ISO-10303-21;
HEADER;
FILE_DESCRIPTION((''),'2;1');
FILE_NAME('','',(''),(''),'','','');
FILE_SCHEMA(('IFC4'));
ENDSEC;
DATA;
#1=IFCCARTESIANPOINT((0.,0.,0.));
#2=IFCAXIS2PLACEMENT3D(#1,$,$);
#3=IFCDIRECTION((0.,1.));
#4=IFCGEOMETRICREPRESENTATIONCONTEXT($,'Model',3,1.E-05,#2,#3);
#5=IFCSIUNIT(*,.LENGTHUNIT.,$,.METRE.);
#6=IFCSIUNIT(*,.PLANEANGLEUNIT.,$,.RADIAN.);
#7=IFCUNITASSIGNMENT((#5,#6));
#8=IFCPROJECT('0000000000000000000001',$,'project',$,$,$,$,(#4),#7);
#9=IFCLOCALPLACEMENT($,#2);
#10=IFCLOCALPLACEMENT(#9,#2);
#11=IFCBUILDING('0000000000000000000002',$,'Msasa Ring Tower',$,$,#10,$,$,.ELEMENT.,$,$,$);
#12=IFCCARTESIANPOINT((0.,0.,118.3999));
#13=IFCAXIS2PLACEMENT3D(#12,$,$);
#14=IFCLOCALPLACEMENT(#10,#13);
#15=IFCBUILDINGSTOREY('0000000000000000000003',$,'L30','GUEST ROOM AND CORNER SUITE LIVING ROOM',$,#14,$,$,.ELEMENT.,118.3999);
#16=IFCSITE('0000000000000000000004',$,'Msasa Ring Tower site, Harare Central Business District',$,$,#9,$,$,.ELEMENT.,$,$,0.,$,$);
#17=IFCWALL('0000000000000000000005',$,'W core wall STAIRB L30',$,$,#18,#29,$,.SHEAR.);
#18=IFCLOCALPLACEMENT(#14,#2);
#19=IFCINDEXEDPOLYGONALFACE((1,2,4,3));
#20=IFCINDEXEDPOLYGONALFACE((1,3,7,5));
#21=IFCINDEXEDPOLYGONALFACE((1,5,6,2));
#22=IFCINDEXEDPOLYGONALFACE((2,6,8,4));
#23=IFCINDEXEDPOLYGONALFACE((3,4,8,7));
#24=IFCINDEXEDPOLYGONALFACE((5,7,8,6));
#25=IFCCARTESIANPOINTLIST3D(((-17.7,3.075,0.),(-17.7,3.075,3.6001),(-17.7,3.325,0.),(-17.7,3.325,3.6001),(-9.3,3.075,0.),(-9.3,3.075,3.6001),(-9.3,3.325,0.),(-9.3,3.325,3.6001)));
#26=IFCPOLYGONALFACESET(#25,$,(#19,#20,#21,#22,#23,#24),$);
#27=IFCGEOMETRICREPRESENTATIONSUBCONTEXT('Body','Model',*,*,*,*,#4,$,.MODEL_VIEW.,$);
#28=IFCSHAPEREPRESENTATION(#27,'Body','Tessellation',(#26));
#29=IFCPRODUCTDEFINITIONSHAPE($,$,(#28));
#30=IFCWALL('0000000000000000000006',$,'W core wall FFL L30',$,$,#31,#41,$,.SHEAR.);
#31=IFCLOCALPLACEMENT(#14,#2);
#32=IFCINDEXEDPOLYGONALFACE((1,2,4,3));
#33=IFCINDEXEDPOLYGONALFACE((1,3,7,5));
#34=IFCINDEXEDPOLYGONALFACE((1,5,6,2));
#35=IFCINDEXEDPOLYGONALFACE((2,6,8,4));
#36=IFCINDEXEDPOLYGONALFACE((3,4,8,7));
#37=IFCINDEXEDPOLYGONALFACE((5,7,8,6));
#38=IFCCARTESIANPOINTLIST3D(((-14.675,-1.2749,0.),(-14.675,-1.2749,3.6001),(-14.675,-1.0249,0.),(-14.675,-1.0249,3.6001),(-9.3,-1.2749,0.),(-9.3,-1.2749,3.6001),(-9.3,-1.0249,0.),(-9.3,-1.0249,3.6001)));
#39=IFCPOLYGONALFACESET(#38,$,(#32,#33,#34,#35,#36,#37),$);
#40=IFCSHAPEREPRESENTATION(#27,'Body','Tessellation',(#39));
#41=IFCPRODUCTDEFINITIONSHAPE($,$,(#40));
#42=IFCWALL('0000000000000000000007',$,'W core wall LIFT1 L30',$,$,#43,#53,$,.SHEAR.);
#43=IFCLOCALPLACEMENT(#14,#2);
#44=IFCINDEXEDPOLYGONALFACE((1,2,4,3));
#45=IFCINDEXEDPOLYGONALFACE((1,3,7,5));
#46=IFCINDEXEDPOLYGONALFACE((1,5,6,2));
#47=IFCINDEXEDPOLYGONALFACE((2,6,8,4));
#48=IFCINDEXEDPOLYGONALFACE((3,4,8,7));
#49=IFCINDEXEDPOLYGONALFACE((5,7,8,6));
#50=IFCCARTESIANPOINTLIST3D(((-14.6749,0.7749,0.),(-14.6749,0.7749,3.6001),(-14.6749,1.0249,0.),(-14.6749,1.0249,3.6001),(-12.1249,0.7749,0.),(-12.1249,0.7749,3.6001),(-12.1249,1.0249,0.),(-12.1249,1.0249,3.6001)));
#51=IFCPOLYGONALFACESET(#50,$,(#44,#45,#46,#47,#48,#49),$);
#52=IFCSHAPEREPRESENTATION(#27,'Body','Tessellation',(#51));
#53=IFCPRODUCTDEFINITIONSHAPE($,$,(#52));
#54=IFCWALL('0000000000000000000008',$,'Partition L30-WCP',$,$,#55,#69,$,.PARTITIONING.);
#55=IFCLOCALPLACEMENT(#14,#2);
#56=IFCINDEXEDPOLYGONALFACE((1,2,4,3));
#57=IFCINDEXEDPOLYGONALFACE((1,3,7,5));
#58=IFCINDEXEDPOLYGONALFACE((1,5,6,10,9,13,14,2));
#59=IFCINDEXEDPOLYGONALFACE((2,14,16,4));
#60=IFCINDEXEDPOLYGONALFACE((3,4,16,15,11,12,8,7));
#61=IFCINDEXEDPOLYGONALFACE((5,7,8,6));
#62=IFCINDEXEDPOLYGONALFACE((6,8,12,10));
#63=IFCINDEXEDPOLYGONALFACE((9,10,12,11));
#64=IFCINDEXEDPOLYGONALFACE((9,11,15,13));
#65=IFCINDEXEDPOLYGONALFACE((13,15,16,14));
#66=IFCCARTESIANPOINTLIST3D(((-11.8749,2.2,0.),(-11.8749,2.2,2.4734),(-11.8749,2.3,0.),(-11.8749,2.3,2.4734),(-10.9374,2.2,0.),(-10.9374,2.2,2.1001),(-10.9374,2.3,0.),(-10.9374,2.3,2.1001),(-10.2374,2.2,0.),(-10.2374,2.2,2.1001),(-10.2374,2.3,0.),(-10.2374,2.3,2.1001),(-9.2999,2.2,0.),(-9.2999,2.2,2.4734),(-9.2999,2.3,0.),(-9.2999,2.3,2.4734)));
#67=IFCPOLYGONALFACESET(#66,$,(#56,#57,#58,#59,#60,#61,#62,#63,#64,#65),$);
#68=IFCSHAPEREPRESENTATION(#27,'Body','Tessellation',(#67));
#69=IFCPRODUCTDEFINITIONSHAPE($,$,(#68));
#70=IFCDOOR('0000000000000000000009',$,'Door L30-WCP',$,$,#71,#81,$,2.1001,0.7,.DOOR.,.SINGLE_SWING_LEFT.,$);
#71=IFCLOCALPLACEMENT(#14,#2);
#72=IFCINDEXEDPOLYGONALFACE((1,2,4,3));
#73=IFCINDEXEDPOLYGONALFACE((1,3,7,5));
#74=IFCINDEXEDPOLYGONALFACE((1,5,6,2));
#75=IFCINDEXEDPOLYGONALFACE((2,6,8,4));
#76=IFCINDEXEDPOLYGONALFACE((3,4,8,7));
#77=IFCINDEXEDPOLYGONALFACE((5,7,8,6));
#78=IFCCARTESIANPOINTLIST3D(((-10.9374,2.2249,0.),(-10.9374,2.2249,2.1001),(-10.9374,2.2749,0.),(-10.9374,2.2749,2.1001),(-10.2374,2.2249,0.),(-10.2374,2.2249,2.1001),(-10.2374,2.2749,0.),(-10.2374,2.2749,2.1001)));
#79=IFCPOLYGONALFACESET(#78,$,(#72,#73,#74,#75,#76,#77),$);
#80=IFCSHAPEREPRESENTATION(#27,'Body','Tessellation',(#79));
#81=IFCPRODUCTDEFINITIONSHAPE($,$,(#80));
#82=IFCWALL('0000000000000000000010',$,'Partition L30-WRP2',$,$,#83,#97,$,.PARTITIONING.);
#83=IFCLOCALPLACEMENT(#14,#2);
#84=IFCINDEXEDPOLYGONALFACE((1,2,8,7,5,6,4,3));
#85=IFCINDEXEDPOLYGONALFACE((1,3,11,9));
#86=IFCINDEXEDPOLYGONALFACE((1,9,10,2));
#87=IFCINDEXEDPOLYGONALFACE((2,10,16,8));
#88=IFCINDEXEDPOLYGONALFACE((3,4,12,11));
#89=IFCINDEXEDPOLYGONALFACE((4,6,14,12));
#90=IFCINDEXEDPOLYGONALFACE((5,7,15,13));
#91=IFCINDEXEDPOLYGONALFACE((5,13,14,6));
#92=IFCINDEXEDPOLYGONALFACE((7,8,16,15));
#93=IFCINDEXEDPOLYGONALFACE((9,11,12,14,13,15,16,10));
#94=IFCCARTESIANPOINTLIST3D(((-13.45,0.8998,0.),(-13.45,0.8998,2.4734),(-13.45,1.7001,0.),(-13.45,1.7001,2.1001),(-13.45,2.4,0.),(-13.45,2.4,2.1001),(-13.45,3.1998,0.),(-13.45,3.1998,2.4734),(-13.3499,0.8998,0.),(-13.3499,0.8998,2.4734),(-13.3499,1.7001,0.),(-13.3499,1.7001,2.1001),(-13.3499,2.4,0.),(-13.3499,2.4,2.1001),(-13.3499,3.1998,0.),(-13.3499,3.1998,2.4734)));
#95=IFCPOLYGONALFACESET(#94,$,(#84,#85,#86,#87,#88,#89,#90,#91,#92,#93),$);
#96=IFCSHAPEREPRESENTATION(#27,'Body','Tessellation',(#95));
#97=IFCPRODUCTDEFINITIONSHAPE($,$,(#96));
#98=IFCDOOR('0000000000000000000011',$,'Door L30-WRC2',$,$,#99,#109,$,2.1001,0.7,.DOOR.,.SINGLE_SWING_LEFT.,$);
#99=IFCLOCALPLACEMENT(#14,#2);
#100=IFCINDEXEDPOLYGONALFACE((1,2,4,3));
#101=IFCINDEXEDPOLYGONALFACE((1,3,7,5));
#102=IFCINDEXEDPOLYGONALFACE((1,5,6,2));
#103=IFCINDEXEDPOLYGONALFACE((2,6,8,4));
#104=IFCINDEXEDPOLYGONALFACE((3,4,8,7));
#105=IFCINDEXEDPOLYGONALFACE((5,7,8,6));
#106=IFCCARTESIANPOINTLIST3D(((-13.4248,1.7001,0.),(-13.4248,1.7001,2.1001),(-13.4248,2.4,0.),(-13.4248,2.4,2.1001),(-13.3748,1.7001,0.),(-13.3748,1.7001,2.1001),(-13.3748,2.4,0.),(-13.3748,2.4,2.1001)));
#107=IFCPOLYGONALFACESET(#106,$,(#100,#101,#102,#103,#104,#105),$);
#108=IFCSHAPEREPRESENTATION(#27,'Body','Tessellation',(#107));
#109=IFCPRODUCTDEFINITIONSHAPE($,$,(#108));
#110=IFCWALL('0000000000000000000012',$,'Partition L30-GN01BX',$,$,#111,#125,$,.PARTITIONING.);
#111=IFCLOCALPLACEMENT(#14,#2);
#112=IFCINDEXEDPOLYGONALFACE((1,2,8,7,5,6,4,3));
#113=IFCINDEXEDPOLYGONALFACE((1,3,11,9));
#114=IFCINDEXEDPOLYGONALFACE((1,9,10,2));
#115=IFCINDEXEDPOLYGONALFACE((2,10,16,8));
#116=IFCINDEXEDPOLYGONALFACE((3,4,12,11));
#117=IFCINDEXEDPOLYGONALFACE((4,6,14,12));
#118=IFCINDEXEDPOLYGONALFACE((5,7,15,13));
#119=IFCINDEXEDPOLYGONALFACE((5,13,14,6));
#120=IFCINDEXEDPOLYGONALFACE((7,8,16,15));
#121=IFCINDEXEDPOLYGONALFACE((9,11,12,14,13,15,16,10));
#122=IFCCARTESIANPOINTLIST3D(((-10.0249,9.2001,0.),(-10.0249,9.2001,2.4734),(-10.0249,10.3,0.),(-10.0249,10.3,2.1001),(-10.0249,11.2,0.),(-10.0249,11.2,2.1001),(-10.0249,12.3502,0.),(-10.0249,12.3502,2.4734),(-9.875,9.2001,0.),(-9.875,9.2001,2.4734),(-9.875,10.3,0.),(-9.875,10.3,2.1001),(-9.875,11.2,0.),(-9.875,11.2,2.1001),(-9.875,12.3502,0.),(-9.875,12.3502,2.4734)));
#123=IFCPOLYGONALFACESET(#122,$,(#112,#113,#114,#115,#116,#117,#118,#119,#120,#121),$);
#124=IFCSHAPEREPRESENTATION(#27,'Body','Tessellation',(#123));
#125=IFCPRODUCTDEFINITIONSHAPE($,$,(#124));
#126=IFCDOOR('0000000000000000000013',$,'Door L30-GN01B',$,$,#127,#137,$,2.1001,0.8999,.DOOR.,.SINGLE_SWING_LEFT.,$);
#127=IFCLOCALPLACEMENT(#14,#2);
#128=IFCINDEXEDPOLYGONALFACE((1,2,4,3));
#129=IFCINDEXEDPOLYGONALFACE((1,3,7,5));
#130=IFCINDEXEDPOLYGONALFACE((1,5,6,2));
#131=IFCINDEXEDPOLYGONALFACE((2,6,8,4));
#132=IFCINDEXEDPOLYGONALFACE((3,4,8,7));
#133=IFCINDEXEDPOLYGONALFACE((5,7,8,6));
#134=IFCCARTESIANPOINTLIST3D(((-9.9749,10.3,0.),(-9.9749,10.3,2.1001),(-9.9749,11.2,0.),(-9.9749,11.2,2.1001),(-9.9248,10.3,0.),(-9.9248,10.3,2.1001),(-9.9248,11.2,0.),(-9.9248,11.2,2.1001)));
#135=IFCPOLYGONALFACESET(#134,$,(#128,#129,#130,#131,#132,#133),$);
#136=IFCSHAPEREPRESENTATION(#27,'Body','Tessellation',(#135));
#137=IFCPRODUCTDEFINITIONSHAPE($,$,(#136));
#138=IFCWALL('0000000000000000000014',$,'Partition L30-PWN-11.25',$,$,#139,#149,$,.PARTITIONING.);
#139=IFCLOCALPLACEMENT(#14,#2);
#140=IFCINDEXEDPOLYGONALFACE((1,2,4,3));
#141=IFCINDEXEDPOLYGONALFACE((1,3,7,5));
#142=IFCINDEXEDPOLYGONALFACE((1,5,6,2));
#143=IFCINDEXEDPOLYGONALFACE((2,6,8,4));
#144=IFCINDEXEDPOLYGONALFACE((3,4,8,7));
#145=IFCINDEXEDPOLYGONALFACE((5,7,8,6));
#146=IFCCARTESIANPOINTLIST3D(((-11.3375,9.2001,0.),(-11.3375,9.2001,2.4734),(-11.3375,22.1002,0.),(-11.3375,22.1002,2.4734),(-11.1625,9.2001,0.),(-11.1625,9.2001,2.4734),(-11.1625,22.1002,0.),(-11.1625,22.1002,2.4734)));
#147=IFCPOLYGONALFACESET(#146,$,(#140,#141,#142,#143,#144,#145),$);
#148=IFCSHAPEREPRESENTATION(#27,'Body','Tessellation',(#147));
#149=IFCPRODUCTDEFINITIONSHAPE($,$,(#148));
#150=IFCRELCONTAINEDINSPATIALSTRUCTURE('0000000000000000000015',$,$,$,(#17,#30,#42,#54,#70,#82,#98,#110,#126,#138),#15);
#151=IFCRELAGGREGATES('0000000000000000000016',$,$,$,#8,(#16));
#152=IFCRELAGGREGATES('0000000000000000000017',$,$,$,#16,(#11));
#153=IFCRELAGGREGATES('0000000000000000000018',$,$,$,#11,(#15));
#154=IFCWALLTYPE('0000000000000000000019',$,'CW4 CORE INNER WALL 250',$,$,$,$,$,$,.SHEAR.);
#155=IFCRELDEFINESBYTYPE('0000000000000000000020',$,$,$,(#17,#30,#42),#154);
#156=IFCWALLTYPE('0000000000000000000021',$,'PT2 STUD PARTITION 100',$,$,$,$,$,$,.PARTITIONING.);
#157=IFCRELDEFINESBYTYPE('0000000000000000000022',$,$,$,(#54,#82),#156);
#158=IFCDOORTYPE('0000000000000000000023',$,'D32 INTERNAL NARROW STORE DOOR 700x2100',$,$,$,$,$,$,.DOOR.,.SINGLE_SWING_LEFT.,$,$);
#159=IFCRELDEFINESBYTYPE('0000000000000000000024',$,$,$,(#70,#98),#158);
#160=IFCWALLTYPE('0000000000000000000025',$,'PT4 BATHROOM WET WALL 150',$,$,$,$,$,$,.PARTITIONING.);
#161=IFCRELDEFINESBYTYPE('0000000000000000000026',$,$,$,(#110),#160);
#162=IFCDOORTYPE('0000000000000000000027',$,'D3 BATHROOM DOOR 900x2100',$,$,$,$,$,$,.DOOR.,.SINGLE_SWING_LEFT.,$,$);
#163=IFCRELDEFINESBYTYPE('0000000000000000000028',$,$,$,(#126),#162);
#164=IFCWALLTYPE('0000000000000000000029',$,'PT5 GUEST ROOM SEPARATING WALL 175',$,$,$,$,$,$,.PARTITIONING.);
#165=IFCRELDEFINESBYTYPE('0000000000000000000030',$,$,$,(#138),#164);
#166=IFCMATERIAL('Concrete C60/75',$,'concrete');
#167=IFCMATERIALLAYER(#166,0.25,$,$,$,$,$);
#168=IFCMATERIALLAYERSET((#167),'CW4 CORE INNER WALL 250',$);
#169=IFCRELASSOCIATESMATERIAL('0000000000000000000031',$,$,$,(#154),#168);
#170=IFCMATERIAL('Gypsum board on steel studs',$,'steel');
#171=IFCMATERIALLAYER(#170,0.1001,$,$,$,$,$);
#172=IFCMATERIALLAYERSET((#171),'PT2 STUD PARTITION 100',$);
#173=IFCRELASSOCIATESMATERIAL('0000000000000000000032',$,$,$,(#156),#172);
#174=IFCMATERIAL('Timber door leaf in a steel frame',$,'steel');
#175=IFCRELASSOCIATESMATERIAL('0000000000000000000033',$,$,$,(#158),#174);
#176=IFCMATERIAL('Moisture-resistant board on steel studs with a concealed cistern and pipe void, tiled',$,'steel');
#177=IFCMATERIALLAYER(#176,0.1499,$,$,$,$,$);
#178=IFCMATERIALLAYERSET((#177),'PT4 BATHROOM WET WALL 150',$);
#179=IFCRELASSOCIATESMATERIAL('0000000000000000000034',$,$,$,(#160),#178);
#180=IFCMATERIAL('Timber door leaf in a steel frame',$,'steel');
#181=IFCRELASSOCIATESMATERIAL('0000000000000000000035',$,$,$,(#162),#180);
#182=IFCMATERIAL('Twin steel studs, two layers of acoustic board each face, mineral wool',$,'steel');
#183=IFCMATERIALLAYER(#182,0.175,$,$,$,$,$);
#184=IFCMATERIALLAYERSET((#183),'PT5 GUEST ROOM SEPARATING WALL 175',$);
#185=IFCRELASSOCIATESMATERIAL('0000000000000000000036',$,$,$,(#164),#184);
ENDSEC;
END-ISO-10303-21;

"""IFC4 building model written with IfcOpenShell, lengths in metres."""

from ifc_helpers import new_model, si_unit, direction, frame, frame_2d, origin, place, context, subcontext, project, spatial, rectangle, extrude, material, layer, layer_set, type_object, element, fill, save


model = new_model("IFC4")

# Units and contexts
model_context = context("Model", 3, precision=1e-05, world=origin(), true_north=direction((0.0, 1.0)))
body_context = subcontext(model_context, "Body", "Model", "MODEL_VIEW")
ifc_project = project(units=[si_unit("LENGTHUNIT", "METRE"), si_unit("PLANEANGLEUNIT", "RADIAN")], contexts=[model_context])

# Site, building, storey
site_placement = place(None, origin())
site = spatial("IfcSite", under=ifc_project, at=site_placement, Name="Msasa Ring Tower site, Harare Central Business District", CompositionType="ELEMENT", RefElevation=0.0)
building_placement = place(site_placement, origin())
building = spatial("IfcBuilding", under=site, at=building_placement, Name="Msasa Ring Tower", CompositionType="ELEMENT")
storey_placement = place(building_placement, frame((0.0, 0.0, 118.3999)))
storey = spatial("IfcBuildingStorey", under=building, at=storey_placement, Name="L30", Description="GUEST ROOM AND CORNER SUITE LIVING ROOM", CompositionType="ELEMENT", Elevation=118.3999)

# Walls
ifc_material_1 = material(Name="Concrete C60/75", Category="concrete")
ifc_layer_1 = layer(ifc_material_1, 0.25)
ifc_layer_set_1 = layer_set([ifc_layer_1], Name="CW4 CORE INNER WALL 250")
wall_type_1 = type_object("IfcWallType", Name="CW4 CORE INNER WALL 250", PredefinedType="SHEAR", material=ifc_layer_set_1)
wall_1_placement = place(storey_placement, frame((-9.3, 3.2, 0.0), z_axis=(0.0, 0.0, 1.0), x_axis=(-1.0, 0.0, 0.0)))
element("IfcWall", 1, at=wall_1_placement, inside=storey, type_object=wall_type_1, Name="W core wall STAIRB L30", PredefinedType="SHEAR", context=body_context, shape_type="SweptSolid", body=[
    extrude(rectangle(XDim=8.3999, YDim=0.25, at=frame_2d((4.2, 0.0))), origin(), (0.0, 0.0, 1.0), 3.6001),
])
wall_2_placement = place(storey_placement, frame((-9.3, -1.1499, 0.0), z_axis=(0.0, 0.0, 1.0), x_axis=(-1.0, 0.0, 0.0)))
element("IfcWall", 2, at=wall_2_placement, inside=storey, type_object=wall_type_1, Name="W core wall FFL L30", PredefinedType="SHEAR", context=body_context, shape_type="SweptSolid", body=[
    extrude(rectangle(XDim=5.375, YDim=0.25, at=frame_2d((2.6875, 0.0))), origin(), (0.0, 0.0, 1.0), 3.6001),
])
wall_3_placement = place(storey_placement, frame((-12.125, 0.8999, 0.0), z_axis=(0.0, 0.0, 1.0), x_axis=(-1.0, 0.0, 0.0)))
element("IfcWall", 3, at=wall_3_placement, inside=storey, type_object=wall_type_1, Name="W core wall LIFT1 L30", PredefinedType="SHEAR", context=body_context, shape_type="SweptSolid", body=[
    extrude(rectangle(XDim=2.55, YDim=0.25, at=frame_2d((1.2749, 0.0))), origin(), (0.0, 0.0, 1.0), 3.6001),
])

# Walls, openings, doors
ifc_material_2 = material(Name="Gypsum board on steel studs", Category="steel")
ifc_layer_2 = layer(ifc_material_2, 0.1001)
ifc_layer_set_2 = layer_set([ifc_layer_2], Name="PT2 STUD PARTITION 100")
wall_type_2 = type_object("IfcWallType", Name="PT2 STUD PARTITION 100", PredefinedType="PARTITIONING", material=ifc_layer_set_2)
wall_4_placement = place(storey_placement, frame((-11.875, 2.25, 0.0), z_axis=(0.0, 0.0, 1.0), x_axis=(1.0, 0.0, 0.0)))
wall_4 = element("IfcWall", 4, at=wall_4_placement, inside=storey, type_object=wall_type_2, Name="Partition L30-WCP", PredefinedType="PARTITIONING", context=body_context, shape_type="SweptSolid", body=[
    extrude(rectangle(XDim=2.575, YDim=0.1001, at=frame_2d((1.2876, 0.0))), origin(), (0.0, 0.0, 1.0), 2.4734),
])
opening_1_placement = place(wall_4_placement, frame((0.9375, 0.0, 0.0)))
opening_1 = element("IfcOpeningElement", 5, at=opening_1_placement, cuts=wall_4, PredefinedType="OPENING", context=body_context, shape_type="SweptSolid", body=[
    extrude(rectangle(XDim=0.7, YDim=2.1001, at=frame_2d((0.3501, 1.05))), frame((0.0, 0.0601, 0.0), z_axis=(0.0, -1.0, 0.0), x_axis=(1.0, 0.0, 0.0)), (0.0, 0.0, 1.0), 0.1201),
])
ifc_material_3 = material(Name="Timber door leaf in a steel frame", Category="steel")
door_type_1 = type_object("IfcDoorType", Name="D32 INTERNAL NARROW STORE DOOR 700x2100", OperationType="SINGLE_SWING_LEFT", PredefinedType="DOOR", material=ifc_material_3)
door_1_placement = place(opening_1_placement, origin())
door_1 = element("IfcDoor", 6, at=door_1_placement, inside=storey, type_object=door_type_1, Name="Door L30-WCP", OperationType="SINGLE_SWING_LEFT", OverallHeight=2.1001, OverallWidth=0.7, PredefinedType="DOOR", context=body_context, shape_type="SweptSolid", body=[
    extrude(rectangle(XDim=0.7, YDim=2.1001, at=frame_2d((0.3501, 1.05))), frame((0.0, 0.0249, 0.0), z_axis=(0.0, -1.0, 0.0), x_axis=(1.0, 0.0, 0.0)), (0.0, 0.0, 1.0), 0.05),
])
fill(opening_1, door_1)
wall_5_placement = place(storey_placement, frame((-13.3999, 0.8999, 0.0), z_axis=(0.0, 0.0, 1.0), x_axis=(0.0, 1.0, 0.0)))
wall_5 = element("IfcWall", 7, at=wall_5_placement, inside=storey, type_object=wall_type_2, Name="Partition L30-WRP2", PredefinedType="PARTITIONING", context=body_context, shape_type="SweptSolid", body=[
    extrude(rectangle(XDim=2.3, YDim=0.1001, at=frame_2d((1.1499, 0.0))), origin(), (0.0, 0.0, 1.0), 2.4734),
])
opening_2_placement = place(wall_5_placement, frame((0.8, 0.0, 0.0)))
opening_2 = element("IfcOpeningElement", 8, at=opening_2_placement, cuts=wall_5, PredefinedType="OPENING", context=body_context, shape_type="SweptSolid", body=[
    extrude(rectangle(XDim=0.7, YDim=2.1001, at=frame_2d((0.3501, 1.05))), frame((0.0, 0.0601, 0.0), z_axis=(0.0, -1.0, 0.0), x_axis=(1.0, 0.0, 0.0)), (0.0, 0.0, 1.0), 0.1201),
])
door_2_placement = place(opening_2_placement, origin())
door_2 = element("IfcDoor", 9, at=door_2_placement, inside=storey, type_object=door_type_1, Name="Door L30-WRC2", OperationType="SINGLE_SWING_LEFT", OverallHeight=2.1001, OverallWidth=0.7, PredefinedType="DOOR", context=body_context, shape_type="SweptSolid", body=[
    extrude(rectangle(XDim=0.7, YDim=2.1001, at=frame_2d((0.3501, 1.05))), frame((0.0, 0.0249, 0.0), z_axis=(0.0, -1.0, 0.0), x_axis=(1.0, 0.0, 0.0)), (0.0, 0.0, 1.0), 0.05),
])
fill(opening_2, door_2)
ifc_material_4 = material(Name="Moisture-resistant board on steel studs with a concealed cistern and pipe void, tiled", Category="steel")
ifc_layer_3 = layer(ifc_material_4, 0.1499)
ifc_layer_set_3 = layer_set([ifc_layer_3], Name="PT4 BATHROOM WET WALL 150")
wall_type_3 = type_object("IfcWallType", Name="PT4 BATHROOM WET WALL 150", PredefinedType="PARTITIONING", material=ifc_layer_set_3)
wall_6_placement = place(storey_placement, frame((-9.95, 9.2, 0.0), z_axis=(0.0, 0.0, 1.0), x_axis=(0.0, 1.0, 0.0)))
wall_6 = element("IfcWall", 10, at=wall_6_placement, inside=storey, type_object=wall_type_3, Name="Partition L30-GN01BX", PredefinedType="PARTITIONING", context=body_context, shape_type="SweptSolid", body=[
    extrude(rectangle(XDim=3.1501, YDim=0.1499, at=frame_2d((1.5752, 0.0))), origin(), (0.0, 0.0, 1.0), 2.4734),
])
opening_3_placement = place(wall_6_placement, frame((1.1001, 0.0, 0.0)))
opening_3 = element("IfcOpeningElement", 11, at=opening_3_placement, cuts=wall_6, PredefinedType="OPENING", context=body_context, shape_type="SweptSolid", body=[
    extrude(rectangle(XDim=0.8999, YDim=2.1001, at=frame_2d((0.45, 1.05))), frame((0.0, 0.085, 0.0), z_axis=(0.0, -1.0, 0.0), x_axis=(1.0, 0.0, 0.0)), (0.0, 0.0, 1.0), 0.1699),
])
ifc_material_5 = material(Name="Timber door leaf in a steel frame", Category="steel")
door_type_2 = type_object("IfcDoorType", Name="D3 BATHROOM DOOR 900x2100", OperationType="SINGLE_SWING_LEFT", PredefinedType="DOOR", material=ifc_material_5)
door_3_placement = place(opening_3_placement, origin())
door_3 = element("IfcDoor", 12, at=door_3_placement, inside=storey, type_object=door_type_2, Name="Door L30-GN01B", OperationType="SINGLE_SWING_LEFT", OverallHeight=2.1001, OverallWidth=0.8999, PredefinedType="DOOR", context=body_context, shape_type="SweptSolid", body=[
    extrude(rectangle(XDim=0.8999, YDim=2.1001, at=frame_2d((0.45, 1.05))), frame((0.0, 0.0249, 0.0), z_axis=(0.0, -1.0, 0.0), x_axis=(1.0, 0.0, 0.0)), (0.0, 0.0, 1.0), 0.05),
])
fill(opening_3, door_3)

# Wall
ifc_material_6 = material(Name="Twin steel studs, two layers of acoustic board each face, mineral wool", Category="steel")
ifc_layer_4 = layer(ifc_material_6, 0.175)
ifc_layer_set_4 = layer_set([ifc_layer_4], Name="PT5 GUEST ROOM SEPARATING WALL 175")
wall_type_4 = type_object("IfcWallType", Name="PT5 GUEST ROOM SEPARATING WALL 175", PredefinedType="PARTITIONING", material=ifc_layer_set_4)
wall_7_placement = place(storey_placement, frame((-11.25, 9.2, 0.0), z_axis=(0.0, 0.0, 1.0), x_axis=(0.0, 1.0, 0.0)))
element("IfcWall", 13, at=wall_7_placement, inside=storey, type_object=wall_type_4, Name="Partition L30-PWN-11.25", PredefinedType="PARTITIONING", context=body_context, shape_type="SweptSolid", body=[
    extrude(rectangle(XDim=12.9001, YDim=0.175, at=frame_2d((6.4502, 0.0))), origin(), (0.0, 0.0, 1.0), 2.4734),
])

save(model, "model.ifc")
